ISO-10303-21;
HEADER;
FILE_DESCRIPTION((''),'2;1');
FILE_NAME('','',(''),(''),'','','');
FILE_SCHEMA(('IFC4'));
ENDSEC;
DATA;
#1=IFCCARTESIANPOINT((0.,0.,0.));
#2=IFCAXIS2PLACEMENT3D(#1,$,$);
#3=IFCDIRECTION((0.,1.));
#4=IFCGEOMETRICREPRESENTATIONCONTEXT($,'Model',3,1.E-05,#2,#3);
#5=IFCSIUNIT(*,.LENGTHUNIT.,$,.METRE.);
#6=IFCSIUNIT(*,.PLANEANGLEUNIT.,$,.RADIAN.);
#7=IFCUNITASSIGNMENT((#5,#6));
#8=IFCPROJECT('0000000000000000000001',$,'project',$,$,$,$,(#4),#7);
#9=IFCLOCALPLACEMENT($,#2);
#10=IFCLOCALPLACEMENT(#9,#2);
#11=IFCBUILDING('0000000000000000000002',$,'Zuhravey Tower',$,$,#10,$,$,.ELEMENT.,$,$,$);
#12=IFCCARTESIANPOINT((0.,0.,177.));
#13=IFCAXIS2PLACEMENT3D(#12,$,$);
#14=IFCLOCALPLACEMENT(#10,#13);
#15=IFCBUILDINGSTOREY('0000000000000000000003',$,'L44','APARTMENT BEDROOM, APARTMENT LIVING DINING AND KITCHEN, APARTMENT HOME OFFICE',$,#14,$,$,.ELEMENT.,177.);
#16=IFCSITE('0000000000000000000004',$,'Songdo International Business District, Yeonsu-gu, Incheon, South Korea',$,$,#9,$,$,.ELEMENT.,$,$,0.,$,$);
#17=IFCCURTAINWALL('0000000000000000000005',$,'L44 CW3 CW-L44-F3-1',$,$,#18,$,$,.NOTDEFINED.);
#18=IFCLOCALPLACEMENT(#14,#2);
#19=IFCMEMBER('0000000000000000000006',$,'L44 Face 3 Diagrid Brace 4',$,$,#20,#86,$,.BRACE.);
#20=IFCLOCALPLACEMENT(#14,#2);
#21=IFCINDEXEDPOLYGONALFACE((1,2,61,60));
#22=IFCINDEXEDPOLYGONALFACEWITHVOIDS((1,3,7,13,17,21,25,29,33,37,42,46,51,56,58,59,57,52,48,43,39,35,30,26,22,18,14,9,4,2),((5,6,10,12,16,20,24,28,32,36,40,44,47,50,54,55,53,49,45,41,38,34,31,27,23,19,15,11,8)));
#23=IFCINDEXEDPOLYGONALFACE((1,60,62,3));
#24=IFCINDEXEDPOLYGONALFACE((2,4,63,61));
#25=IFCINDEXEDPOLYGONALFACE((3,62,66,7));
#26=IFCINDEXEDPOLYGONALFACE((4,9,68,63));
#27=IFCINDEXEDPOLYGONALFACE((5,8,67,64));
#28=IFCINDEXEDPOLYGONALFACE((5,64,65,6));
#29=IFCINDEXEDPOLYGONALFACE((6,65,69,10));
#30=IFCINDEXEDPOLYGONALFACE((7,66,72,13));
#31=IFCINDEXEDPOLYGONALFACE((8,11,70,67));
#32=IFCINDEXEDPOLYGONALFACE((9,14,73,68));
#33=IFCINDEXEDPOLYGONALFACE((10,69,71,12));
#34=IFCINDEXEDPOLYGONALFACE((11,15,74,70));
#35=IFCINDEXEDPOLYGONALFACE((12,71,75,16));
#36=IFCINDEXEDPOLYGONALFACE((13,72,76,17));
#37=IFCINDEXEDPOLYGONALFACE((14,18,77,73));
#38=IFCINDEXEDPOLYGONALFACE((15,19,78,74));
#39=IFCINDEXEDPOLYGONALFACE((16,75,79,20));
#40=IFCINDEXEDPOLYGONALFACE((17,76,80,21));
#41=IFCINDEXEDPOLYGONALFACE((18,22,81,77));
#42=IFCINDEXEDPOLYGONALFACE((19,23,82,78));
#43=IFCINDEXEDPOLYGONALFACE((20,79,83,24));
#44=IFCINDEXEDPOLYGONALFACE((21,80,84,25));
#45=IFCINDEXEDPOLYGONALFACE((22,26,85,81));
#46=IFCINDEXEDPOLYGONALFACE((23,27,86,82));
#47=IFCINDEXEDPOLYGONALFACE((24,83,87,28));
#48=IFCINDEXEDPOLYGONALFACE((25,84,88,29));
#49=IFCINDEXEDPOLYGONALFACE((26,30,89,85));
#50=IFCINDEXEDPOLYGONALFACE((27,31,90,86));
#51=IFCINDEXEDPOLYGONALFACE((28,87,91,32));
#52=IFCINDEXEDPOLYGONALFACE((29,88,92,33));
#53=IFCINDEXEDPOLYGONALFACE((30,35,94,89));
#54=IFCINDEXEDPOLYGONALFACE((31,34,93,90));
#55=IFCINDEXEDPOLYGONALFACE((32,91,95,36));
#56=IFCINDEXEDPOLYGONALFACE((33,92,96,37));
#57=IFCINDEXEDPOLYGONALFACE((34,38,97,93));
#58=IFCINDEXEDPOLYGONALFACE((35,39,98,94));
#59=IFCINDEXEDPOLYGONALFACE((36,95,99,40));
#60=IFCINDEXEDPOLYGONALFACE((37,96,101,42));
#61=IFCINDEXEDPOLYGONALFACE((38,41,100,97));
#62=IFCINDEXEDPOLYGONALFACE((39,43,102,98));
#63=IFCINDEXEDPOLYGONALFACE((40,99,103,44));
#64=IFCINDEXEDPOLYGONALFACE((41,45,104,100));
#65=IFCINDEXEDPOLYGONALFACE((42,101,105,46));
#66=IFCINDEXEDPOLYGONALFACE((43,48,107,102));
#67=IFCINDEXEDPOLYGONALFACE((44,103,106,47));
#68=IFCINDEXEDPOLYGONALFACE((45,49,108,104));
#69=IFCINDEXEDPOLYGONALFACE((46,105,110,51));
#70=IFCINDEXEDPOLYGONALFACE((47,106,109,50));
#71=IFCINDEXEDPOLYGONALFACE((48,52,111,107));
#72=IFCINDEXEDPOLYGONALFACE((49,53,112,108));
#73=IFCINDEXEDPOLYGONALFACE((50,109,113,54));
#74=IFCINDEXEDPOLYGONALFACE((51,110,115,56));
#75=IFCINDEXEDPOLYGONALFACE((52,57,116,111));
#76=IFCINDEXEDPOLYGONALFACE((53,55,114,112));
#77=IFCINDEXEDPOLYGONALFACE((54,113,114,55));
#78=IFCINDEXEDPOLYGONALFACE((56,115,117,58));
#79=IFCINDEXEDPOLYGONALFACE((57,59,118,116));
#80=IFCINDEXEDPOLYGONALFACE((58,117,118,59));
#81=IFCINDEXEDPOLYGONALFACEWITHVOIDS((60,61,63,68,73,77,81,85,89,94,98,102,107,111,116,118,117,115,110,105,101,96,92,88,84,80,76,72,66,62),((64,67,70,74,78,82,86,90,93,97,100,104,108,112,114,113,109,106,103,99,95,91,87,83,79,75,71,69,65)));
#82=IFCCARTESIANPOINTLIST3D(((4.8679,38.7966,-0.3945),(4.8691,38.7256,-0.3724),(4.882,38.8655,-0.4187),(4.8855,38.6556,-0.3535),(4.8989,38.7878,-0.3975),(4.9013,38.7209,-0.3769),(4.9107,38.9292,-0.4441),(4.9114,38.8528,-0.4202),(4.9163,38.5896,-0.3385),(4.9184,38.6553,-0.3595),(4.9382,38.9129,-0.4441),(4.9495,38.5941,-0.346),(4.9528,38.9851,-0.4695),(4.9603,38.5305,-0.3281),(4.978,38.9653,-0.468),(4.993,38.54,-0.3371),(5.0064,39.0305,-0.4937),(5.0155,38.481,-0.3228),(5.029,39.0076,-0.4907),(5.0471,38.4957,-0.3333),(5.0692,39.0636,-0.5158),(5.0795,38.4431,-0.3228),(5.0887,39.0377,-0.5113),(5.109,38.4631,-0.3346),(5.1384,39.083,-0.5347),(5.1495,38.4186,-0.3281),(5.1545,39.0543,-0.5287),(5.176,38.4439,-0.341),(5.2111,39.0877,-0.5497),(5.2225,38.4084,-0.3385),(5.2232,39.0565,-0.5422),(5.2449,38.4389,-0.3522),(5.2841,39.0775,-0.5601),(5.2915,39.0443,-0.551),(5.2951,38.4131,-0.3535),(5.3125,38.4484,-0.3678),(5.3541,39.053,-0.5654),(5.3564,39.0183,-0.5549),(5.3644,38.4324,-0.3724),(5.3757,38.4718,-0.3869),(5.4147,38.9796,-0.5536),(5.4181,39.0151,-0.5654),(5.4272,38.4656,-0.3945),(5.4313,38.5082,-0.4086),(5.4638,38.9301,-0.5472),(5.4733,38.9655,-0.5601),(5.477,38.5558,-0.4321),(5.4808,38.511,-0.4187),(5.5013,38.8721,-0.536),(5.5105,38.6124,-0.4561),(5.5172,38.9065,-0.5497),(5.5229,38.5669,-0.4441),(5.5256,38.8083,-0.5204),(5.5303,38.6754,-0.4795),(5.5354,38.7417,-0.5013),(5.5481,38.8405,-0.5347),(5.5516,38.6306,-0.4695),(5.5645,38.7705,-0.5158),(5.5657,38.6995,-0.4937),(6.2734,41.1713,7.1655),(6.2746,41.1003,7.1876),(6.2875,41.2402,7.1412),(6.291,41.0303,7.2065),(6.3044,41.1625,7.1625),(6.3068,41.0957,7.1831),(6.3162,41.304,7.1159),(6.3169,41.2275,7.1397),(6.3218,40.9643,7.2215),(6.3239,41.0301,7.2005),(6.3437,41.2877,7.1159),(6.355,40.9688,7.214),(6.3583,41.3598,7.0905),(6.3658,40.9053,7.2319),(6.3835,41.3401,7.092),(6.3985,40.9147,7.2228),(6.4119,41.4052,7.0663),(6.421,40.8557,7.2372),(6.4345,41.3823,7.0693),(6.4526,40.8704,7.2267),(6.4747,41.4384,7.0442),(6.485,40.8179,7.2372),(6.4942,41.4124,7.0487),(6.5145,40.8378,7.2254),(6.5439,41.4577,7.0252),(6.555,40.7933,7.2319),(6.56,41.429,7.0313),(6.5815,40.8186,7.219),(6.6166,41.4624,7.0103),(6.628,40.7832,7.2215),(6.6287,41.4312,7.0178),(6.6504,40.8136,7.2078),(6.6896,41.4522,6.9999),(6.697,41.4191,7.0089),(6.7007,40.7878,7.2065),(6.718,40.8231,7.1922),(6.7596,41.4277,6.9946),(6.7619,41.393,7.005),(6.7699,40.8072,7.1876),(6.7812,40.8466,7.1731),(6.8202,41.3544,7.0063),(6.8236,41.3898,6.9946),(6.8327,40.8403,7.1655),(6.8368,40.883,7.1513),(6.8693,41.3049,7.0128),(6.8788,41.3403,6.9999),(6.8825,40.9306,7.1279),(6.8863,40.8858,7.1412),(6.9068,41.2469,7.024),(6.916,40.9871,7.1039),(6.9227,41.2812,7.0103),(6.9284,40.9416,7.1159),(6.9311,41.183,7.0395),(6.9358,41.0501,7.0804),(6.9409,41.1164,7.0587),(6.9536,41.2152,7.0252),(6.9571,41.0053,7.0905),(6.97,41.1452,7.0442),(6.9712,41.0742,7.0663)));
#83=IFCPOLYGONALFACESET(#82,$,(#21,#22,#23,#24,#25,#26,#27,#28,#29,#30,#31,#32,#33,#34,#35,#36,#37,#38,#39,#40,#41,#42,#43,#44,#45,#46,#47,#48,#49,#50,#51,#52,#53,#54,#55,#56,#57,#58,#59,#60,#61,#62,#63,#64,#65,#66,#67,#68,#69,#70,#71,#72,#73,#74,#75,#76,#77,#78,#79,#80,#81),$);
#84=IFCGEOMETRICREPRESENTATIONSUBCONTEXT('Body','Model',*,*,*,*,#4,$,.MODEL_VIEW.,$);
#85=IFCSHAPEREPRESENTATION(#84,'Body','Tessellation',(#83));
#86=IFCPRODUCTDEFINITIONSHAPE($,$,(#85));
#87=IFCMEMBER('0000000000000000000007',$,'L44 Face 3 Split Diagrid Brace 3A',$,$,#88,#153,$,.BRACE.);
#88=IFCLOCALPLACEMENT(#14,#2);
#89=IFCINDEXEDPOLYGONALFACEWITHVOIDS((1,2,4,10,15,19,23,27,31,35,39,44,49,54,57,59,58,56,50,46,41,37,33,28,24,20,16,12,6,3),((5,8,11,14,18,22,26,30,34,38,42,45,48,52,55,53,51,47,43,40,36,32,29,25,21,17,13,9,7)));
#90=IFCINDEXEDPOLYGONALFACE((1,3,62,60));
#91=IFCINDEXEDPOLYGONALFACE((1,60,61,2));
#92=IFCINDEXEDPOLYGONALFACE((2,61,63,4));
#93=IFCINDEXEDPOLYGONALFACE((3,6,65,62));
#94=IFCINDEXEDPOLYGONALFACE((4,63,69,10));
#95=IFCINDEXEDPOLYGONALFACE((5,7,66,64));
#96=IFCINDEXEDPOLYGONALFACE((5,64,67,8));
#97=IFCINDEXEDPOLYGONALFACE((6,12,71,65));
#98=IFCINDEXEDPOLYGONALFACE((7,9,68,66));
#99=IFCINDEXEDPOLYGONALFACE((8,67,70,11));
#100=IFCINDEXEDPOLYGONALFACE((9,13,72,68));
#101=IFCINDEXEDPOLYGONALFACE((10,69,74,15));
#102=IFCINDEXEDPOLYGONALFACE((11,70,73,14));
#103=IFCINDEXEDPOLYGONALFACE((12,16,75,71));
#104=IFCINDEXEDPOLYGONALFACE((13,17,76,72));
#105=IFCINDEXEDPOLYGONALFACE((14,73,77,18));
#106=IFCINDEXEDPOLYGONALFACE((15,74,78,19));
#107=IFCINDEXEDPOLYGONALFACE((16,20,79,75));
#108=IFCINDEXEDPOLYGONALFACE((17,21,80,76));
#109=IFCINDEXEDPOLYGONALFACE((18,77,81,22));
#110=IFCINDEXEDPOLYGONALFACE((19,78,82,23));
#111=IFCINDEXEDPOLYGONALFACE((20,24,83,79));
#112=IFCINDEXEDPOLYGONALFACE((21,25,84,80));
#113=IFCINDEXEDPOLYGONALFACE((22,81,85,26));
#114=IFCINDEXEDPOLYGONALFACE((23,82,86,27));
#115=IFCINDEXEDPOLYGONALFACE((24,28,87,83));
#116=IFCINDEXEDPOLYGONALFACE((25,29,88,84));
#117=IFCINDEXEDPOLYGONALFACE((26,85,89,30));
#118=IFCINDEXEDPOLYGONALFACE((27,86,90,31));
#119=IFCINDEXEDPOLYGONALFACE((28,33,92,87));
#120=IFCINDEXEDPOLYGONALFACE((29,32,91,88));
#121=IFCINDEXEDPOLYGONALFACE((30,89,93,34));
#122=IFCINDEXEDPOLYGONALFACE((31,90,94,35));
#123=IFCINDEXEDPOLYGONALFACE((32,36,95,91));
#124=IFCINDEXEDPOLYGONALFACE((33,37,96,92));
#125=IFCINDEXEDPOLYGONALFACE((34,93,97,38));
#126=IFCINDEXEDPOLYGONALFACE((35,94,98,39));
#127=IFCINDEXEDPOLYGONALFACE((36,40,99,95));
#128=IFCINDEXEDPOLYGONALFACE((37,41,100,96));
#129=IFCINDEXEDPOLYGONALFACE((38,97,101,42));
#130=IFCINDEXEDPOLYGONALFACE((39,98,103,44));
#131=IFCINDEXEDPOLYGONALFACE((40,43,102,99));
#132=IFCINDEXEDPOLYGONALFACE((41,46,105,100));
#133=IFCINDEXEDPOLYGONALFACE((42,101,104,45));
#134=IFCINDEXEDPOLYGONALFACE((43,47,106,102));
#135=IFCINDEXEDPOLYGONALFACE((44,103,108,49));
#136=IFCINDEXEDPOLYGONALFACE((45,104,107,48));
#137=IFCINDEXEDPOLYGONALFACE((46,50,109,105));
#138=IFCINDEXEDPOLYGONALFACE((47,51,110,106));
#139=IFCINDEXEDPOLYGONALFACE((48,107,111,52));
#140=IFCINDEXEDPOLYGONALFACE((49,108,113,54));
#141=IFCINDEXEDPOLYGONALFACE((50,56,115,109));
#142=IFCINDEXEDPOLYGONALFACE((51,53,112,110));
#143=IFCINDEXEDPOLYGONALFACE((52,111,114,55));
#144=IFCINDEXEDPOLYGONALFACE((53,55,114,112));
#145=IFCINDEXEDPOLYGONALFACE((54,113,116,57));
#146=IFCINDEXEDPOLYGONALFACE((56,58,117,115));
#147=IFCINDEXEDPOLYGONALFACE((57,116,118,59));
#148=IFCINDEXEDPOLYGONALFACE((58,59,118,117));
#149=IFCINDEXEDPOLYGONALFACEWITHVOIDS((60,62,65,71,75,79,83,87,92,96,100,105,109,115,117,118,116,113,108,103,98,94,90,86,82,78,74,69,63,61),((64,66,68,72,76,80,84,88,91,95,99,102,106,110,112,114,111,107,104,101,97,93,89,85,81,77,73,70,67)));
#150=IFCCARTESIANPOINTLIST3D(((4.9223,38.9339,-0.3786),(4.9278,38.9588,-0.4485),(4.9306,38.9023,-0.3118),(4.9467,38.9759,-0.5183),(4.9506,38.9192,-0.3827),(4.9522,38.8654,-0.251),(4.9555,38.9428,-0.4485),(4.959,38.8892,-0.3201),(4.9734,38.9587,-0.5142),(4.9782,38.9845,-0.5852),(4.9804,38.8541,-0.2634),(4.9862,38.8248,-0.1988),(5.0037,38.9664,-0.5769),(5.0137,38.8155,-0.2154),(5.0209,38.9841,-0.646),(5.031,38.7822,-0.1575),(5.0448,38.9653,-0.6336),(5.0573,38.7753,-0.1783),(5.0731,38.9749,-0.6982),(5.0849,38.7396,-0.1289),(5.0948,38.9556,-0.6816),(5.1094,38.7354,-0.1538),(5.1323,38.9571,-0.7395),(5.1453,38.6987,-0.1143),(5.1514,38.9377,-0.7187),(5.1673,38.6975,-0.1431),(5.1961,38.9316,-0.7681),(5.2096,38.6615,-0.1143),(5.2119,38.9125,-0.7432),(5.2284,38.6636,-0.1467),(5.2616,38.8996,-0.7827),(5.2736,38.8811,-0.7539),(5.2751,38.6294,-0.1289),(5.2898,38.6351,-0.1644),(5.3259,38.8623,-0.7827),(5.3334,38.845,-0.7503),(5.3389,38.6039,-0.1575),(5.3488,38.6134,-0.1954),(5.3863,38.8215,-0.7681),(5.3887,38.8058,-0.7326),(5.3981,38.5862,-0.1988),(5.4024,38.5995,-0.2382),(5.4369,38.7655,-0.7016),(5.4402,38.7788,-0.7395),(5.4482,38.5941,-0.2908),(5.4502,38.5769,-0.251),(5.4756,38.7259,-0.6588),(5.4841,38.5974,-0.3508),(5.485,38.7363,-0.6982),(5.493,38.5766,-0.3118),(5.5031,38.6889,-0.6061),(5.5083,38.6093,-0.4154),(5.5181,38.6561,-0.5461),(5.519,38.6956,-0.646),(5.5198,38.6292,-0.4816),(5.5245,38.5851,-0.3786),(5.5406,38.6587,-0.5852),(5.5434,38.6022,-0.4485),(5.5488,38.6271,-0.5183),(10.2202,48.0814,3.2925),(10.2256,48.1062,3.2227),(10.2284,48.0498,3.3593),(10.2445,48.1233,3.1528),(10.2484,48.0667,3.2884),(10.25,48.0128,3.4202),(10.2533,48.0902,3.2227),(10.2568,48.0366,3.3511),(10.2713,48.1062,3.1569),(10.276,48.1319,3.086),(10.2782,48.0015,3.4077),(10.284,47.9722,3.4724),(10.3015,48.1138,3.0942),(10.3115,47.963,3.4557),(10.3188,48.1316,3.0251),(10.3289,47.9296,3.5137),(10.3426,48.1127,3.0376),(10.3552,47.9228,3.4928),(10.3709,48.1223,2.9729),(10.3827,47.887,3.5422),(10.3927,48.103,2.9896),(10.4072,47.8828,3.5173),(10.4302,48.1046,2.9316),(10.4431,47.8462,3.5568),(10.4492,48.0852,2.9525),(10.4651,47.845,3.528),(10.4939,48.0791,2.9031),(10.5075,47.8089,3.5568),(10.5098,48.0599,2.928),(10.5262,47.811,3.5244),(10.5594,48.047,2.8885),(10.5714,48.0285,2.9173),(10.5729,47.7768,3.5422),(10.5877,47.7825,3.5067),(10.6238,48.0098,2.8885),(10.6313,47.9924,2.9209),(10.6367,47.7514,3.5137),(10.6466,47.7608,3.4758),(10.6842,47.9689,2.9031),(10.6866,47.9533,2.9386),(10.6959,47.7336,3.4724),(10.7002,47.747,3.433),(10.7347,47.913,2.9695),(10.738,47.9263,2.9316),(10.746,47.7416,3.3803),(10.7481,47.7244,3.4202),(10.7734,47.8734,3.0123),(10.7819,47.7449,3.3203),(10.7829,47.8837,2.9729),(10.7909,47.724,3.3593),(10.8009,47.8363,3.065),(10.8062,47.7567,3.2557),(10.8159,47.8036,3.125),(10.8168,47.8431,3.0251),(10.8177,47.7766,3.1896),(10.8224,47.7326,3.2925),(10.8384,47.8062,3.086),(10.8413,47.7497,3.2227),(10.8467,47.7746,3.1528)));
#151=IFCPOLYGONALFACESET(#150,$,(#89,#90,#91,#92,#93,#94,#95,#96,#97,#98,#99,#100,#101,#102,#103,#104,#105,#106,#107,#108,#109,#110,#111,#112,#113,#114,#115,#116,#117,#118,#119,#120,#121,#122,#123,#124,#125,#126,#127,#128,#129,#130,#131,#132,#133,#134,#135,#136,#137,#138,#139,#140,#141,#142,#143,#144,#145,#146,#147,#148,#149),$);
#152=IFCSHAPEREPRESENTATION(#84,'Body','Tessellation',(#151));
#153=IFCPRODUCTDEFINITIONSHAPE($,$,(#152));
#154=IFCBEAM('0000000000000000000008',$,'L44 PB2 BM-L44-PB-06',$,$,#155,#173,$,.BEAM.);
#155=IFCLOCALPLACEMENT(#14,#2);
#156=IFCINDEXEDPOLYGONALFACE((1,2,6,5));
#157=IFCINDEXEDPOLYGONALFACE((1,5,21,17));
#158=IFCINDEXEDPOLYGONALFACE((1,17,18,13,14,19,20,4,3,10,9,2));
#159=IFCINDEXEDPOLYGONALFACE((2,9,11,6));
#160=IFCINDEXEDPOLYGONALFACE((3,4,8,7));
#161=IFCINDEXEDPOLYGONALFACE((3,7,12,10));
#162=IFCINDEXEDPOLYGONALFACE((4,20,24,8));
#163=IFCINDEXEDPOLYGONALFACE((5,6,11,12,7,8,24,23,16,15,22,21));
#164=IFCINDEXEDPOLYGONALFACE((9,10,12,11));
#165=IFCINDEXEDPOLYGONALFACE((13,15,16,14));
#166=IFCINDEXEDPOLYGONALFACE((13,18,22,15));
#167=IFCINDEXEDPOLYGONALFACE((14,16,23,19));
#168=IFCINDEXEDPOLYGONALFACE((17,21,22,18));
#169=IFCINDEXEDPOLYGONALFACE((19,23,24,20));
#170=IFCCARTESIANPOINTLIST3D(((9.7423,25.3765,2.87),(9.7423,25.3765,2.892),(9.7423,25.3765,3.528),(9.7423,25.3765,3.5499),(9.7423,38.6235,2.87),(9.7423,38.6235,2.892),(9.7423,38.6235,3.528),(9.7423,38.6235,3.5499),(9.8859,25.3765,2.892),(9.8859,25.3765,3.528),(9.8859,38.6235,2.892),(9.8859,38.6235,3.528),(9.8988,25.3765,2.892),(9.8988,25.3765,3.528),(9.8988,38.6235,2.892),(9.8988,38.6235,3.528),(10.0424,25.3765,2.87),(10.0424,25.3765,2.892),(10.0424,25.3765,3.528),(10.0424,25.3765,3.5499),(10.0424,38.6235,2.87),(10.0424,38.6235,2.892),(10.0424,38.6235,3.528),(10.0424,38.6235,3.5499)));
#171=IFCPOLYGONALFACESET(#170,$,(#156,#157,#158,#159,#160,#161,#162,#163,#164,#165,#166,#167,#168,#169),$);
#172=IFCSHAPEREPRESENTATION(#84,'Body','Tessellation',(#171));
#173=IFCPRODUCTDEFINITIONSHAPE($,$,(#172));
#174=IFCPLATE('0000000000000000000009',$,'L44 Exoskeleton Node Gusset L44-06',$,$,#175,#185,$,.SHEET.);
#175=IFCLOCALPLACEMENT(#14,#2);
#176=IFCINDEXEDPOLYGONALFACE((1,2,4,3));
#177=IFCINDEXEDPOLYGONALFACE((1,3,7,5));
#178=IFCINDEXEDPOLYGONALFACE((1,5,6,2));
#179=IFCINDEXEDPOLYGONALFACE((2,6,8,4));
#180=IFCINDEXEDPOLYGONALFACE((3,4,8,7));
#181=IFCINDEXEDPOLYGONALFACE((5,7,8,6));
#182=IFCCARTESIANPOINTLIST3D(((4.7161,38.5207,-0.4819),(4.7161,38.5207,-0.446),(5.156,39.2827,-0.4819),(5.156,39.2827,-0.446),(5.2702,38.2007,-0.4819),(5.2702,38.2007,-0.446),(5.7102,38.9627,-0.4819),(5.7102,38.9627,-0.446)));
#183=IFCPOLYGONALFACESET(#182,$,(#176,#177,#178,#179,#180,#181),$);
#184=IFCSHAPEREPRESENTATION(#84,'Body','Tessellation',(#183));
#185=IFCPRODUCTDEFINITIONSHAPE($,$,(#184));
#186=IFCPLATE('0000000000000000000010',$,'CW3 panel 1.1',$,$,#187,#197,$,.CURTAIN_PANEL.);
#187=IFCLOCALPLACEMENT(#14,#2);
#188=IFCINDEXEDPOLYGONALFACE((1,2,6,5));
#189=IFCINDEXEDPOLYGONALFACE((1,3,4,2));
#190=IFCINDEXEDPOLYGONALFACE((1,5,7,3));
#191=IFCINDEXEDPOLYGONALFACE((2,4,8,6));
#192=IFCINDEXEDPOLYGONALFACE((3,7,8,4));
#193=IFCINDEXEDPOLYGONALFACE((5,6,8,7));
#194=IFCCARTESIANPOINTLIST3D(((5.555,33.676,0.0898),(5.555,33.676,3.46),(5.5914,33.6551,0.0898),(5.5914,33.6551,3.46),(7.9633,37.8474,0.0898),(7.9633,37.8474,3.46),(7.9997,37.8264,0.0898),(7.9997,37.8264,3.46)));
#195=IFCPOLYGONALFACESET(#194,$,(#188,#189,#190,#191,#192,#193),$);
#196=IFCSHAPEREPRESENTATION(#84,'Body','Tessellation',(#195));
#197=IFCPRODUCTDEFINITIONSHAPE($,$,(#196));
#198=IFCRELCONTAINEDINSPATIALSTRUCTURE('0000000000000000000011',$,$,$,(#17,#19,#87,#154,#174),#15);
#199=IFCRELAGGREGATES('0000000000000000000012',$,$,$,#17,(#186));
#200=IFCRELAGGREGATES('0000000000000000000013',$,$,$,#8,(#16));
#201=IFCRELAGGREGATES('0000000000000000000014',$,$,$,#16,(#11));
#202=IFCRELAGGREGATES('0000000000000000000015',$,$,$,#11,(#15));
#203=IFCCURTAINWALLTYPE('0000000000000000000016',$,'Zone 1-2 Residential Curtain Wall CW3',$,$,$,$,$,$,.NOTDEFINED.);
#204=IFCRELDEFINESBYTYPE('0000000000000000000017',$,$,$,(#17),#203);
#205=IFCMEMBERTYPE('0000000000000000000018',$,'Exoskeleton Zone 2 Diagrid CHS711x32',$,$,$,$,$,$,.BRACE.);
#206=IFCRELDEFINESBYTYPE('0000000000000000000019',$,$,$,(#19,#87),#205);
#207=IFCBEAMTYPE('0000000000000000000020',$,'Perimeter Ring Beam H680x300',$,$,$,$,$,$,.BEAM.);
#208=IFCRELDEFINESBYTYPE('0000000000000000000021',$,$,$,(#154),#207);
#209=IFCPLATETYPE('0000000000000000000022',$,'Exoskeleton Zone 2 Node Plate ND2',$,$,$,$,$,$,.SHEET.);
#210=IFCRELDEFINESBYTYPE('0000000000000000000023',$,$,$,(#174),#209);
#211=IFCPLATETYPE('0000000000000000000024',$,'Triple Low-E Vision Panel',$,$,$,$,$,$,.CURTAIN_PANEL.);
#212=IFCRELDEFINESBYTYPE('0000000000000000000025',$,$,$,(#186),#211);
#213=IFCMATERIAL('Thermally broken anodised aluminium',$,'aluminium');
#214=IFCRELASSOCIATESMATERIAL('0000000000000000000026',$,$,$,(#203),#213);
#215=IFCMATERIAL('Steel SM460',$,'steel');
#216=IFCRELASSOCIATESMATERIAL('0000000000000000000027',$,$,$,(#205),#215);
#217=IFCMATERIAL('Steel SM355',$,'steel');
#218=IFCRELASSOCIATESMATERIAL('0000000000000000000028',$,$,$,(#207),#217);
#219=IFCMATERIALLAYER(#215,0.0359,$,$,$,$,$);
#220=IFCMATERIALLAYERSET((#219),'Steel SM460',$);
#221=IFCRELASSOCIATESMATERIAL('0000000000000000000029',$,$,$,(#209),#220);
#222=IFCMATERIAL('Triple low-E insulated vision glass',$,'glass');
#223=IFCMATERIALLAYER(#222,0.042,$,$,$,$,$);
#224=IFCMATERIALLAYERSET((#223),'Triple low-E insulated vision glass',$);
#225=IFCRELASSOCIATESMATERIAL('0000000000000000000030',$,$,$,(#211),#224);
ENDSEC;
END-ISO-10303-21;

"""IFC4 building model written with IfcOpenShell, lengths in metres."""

from ifc_helpers import new_model, si_unit, direction, frame, origin, origin_2d, place, context, subcontext, project, spatial, rectangle, hollow_circle, i_section, extrude, material, layer, layer_set, material_profile, profile_set, type_object, element, aggregate, save


model = new_model("IFC4")

# Units and contexts
model_context = context("Model", 3, precision=1e-05, world=origin(), true_north=direction((0.0, 1.0)))
body_context = subcontext(model_context, "Body", "Model", "MODEL_VIEW")
ifc_project = project(units=[si_unit("LENGTHUNIT", "METRE"), si_unit("PLANEANGLEUNIT", "RADIAN")], contexts=[model_context])

# Site, building, storey
site_placement = place(None, origin())
site = spatial("IfcSite", under=ifc_project, at=site_placement, Name="Songdo International Business District, Yeonsu-gu, Incheon, South Korea", CompositionType="ELEMENT", RefElevation=0.0)
building_placement = place(site_placement, origin())
building = spatial("IfcBuilding", under=site, at=building_placement, Name="Zuhravey Tower", CompositionType="ELEMENT")
storey_placement = place(building_placement, frame((0.0, 0.0, 177.0)))
storey = spatial("IfcBuildingStorey", under=building, at=storey_placement, Name="L44", Description="APARTMENT BEDROOM, APARTMENT LIVING DINING AND KITCHEN, APARTMENT HOME OFFICE", CompositionType="ELEMENT", Elevation=177.0)

# Curtain wall
ifc_material_1 = material(Name="Thermally broken anodised aluminium", Category="aluminium")
curtain_wall_type = type_object("IfcCurtainWallType", Name="Zone 1-2 Residential Curtain Wall CW3", PredefinedType="NOTDEFINED", material=ifc_material_1)
curtain_wall_placement = place(storey_placement, origin())
curtain_wall = element("IfcCurtainWall", 1, at=curtain_wall_placement, inside=storey, type_object=curtain_wall_type, Name="L44 CW3 CW-L44-F3-1", PredefinedType="NOTDEFINED")

# Members
ifc_material_2 = material(Name="Steel SM460", Category="steel")
ifc_material_profile_1 = material_profile(ifc_material_2, hollow_circle(Radius=0.3557, WallThickness=0.032, at=origin_2d()), Name="CHS-711.2x32")
ifc_profile_set_1 = profile_set([ifc_material_profile_1], Name="Steel SM460")
member_type_1 = type_object("IfcMemberType", Name="Exoskeleton Zone 2 Diagrid CHS711x32", PredefinedType="BRACE", material=ifc_profile_set_1)
member_1_placement = place(storey_placement, frame((5.2168, 38.748, -0.4441), z_axis=(0.174643, 0.295076, 0.939377), x_axis=(-0.860569, 0.509334, 0.0)))
element("IfcMember", 2, at=member_1_placement, inside=storey, type_object=member_type_1, Name="L44 Face 3 Diagrid Brace 4", PredefinedType="BRACE", context=body_context, shape_type="SweptSolid", body=[
    extrude(hollow_circle(Radius=0.3557, WallThickness=0.032, at=origin_2d()), origin(), (0.0, 0.0, 1.0), 8.0479),
])
member_2_placement = place(storey_placement, frame((5.2356, 38.7805, -0.4485), z_axis=(0.473437, 0.817453, 0.328068), x_axis=(-0.865346, 0.501175, 0.0)))
element("IfcMember", 3, at=member_2_placement, inside=storey, type_object=member_type_1, Name="L44 Face 3 Split Diagrid Brace 3A", PredefinedType="BRACE", context=body_context, shape_type="SweptSolid", body=[
    extrude(hollow_circle(Radius=0.3557, WallThickness=0.032, at=origin_2d()), origin(), (0.0, 0.0, 1.0), 11.1902),
])

# Beam
ifc_material_3 = material(Name="Steel SM355", Category="steel")
ifc_material_profile_2 = material_profile(ifc_material_3, i_section(OverallWidth=0.3, OverallDepth=0.6799, WebThickness=0.0129, FlangeThickness=0.022, at=origin_2d()), Name="H-680x300x13x22")
ifc_profile_set_2 = profile_set([ifc_material_profile_2], Name="Steel SM355")
beam_type = type_object("IfcBeamType", Name="Perimeter Ring Beam H680x300", PredefinedType="BEAM", material=ifc_profile_set_2)
beam_placement = place(storey_placement, frame((9.8923, 38.6235, 3.21), z_axis=(0.0, -1.0, 0.0), x_axis=(1.0, 0.0, 0.0)))
element("IfcBeam", 4, at=beam_placement, inside=storey, type_object=beam_type, Name="L44 PB2 BM-L44-PB-06", PredefinedType="BEAM", context=body_context, shape_type="SweptSolid", body=[
    extrude(i_section(OverallWidth=0.3, OverallDepth=0.6799, WebThickness=0.0129, FlangeThickness=0.022, at=origin_2d()), origin(), (0.0, 0.0, 1.0), 13.2471),
])

# Plates
ifc_layer_1 = layer(ifc_material_2, 0.0359)
ifc_layer_set_1 = layer_set([ifc_layer_1], Name="Steel SM460")
plate_type_1 = type_object("IfcPlateType", Name="Exoskeleton Zone 2 Node Plate ND2", PredefinedType="SHEET", material=ifc_layer_set_1)
plate_1_placement = place(storey_placement, frame((5.2131, 38.7417, -0.4819), z_axis=(0.0, 0.0, 1.0), x_axis=(-0.5, -0.866025, 0.0)))
element("IfcPlate", 5, at=plate_1_placement, inside=storey, type_object=plate_type_1, Name="L44 Exoskeleton Node Gusset L44-06", PredefinedType="SHEET", context=body_context, shape_type="SweptSolid", body=[
    extrude(rectangle(XDim=0.8799, YDim=0.6399, at=origin_2d()), origin(), (0.0, 0.0, 1.0), 0.0359),
])
ifc_material_4 = material(Name="Triple low-E insulated vision glass", Category="glass")
ifc_layer_2 = layer(ifc_material_4, 0.042)
ifc_layer_set_2 = layer_set([ifc_layer_2], Name="Triple low-E insulated vision glass")
plate_type_2 = type_object("IfcPlateType", Name="Triple Low-E Vision Panel", PredefinedType="CURTAIN_PANEL", material=ifc_layer_set_2)
plate_2_placement = place(storey_placement, frame((6.7773, 35.7512, 0.0898), z_axis=(0.0, 0.0, 1.0), x_axis=(0.5, 0.866025, 0.0)))
plate_2 = element("IfcPlate", 6, at=plate_2_placement, type_object=plate_type_2, Name="CW3 panel 1.1", PredefinedType="CURTAIN_PANEL", context=body_context, shape_type="SweptSolid", body=[
    extrude(rectangle(XDim=4.8167, YDim=0.042, at=origin_2d()), origin(), (0.0, 0.0, 1.0), 3.3701),
])
aggregate(curtain_wall, [plate_2])

save(model, "model.ifc")
